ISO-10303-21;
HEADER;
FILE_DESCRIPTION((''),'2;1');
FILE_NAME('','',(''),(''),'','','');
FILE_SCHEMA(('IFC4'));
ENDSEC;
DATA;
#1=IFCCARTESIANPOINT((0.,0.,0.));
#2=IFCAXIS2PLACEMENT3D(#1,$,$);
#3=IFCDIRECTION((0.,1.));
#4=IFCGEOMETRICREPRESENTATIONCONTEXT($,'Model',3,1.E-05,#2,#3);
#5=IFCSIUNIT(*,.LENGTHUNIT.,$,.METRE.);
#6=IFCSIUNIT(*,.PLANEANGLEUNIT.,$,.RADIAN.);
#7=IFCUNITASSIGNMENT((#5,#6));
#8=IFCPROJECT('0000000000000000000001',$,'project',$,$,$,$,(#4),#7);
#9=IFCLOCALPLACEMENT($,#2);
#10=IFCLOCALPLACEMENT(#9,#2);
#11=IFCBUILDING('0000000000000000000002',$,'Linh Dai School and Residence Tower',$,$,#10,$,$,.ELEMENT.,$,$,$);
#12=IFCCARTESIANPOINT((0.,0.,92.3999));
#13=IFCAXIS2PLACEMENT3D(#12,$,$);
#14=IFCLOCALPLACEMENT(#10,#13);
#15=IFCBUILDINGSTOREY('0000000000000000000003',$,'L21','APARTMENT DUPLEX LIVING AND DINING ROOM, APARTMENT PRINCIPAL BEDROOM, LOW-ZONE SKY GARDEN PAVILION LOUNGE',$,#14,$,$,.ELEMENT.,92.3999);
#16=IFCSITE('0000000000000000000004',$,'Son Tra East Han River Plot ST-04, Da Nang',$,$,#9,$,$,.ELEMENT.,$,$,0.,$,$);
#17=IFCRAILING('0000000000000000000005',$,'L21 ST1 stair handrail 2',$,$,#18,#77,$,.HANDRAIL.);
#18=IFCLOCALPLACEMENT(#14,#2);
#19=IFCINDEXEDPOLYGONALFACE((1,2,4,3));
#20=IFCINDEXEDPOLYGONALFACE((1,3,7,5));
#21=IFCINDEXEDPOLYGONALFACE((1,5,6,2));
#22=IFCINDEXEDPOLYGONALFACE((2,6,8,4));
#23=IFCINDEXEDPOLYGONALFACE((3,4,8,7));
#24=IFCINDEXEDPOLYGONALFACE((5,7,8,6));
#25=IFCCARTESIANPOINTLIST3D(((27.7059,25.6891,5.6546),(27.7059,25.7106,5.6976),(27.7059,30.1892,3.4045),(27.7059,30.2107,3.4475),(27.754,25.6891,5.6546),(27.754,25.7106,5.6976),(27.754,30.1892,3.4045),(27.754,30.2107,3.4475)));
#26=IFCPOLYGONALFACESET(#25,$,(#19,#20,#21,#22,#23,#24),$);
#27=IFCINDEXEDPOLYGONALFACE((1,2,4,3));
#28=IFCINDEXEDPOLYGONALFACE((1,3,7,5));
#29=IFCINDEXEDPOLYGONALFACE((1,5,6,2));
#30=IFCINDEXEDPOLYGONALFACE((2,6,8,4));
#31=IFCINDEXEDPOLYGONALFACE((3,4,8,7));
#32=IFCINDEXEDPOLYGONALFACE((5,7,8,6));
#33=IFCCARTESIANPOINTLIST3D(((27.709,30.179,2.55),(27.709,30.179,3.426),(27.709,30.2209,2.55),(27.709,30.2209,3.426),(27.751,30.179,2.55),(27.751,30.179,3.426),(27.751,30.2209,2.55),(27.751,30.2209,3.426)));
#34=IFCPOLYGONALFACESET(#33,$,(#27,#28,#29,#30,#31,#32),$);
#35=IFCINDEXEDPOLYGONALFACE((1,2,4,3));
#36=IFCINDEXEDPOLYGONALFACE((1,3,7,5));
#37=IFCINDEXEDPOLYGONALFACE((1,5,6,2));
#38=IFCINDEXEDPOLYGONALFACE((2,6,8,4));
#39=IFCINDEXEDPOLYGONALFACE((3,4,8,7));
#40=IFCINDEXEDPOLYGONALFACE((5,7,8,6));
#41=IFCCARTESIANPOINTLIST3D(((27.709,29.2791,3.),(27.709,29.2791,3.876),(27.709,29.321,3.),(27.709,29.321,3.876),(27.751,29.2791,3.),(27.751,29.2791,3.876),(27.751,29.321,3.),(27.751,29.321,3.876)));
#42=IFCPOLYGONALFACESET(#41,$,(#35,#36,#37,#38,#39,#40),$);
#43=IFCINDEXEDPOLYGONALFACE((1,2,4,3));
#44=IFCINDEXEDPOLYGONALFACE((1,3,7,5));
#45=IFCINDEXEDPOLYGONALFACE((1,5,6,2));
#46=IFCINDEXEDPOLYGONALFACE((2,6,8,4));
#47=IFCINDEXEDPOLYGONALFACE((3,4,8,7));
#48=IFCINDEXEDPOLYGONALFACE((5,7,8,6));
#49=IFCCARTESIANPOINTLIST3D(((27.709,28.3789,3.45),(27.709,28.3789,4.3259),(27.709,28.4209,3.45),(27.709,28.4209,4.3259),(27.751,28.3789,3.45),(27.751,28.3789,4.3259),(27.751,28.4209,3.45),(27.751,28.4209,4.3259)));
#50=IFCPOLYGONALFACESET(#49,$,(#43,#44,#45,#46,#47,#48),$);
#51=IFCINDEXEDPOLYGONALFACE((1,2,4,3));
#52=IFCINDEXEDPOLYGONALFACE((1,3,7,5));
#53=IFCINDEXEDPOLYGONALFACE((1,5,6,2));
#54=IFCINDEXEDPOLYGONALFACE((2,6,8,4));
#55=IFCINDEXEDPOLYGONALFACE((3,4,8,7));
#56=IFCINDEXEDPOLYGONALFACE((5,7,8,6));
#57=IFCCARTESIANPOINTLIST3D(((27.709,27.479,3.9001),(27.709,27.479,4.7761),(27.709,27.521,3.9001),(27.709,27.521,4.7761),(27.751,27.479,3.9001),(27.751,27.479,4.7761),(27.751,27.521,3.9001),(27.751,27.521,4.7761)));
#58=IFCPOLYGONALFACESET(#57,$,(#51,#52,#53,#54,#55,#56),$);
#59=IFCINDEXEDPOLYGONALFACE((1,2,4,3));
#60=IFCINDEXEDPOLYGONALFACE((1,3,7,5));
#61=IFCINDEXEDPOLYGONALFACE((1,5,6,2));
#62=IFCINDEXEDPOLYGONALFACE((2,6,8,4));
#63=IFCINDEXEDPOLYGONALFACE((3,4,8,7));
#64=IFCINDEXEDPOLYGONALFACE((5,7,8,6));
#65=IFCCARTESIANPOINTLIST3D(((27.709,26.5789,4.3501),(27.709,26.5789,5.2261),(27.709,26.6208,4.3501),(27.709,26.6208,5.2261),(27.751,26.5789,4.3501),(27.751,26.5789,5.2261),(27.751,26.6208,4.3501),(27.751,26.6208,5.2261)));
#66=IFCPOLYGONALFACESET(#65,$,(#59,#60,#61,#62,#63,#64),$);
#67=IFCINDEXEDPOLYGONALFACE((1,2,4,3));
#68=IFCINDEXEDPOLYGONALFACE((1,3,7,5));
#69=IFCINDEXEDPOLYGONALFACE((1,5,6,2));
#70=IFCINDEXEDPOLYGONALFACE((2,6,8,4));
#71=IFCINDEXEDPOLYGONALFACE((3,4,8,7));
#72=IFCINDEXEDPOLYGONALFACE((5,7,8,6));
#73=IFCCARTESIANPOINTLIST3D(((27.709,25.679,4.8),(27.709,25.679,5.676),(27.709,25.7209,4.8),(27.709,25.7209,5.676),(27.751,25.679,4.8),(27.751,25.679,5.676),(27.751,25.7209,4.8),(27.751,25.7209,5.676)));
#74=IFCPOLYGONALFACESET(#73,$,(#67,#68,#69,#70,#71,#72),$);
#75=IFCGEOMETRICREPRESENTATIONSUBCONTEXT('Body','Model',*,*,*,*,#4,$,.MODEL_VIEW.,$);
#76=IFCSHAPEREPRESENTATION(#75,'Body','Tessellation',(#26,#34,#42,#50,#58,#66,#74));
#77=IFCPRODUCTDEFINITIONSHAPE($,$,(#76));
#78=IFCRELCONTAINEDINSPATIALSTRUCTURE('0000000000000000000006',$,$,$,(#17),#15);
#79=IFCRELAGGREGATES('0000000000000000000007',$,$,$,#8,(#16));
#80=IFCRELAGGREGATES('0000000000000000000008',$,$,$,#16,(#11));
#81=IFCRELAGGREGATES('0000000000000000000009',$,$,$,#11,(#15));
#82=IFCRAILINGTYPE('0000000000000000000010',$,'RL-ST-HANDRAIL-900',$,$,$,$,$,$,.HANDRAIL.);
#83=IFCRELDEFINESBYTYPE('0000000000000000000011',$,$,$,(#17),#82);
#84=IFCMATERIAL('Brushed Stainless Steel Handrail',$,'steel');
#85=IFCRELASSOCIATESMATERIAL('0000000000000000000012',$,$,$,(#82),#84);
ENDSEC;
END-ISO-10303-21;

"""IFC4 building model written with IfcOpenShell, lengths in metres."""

from ifc_helpers import new_model, si_unit, direction, frame, origin, origin_2d, place, context, subcontext, project, spatial, rectangle, extrude, source, transform, mapped, material, type_object, element, save


model = new_model("IFC4")

# Units and contexts
model_context = context("Model", 3, precision=1e-05, world=origin(), true_north=direction((0.0, 1.0)))
body_context = subcontext(model_context, "Body", "Model", "MODEL_VIEW")
ifc_project = project(units=[si_unit("LENGTHUNIT", "METRE"), si_unit("PLANEANGLEUNIT", "RADIAN")], contexts=[model_context])

# Site, building, storey
site_placement = place(None, origin())
site = spatial("IfcSite", under=ifc_project, at=site_placement, Name="Son Tra East Han River Plot ST-04, Da Nang", CompositionType="ELEMENT", RefElevation=0.0)
building_placement = place(site_placement, origin())
building = spatial("IfcBuilding", under=site, at=building_placement, Name="Linh Dai School and Residence Tower", CompositionType="ELEMENT")
storey_placement = place(building_placement, frame((0.0, 0.0, 92.3999)))
storey = spatial("IfcBuildingStorey", under=building, at=storey_placement, Name="L21", Description="APARTMENT DUPLEX LIVING AND DINING ROOM, APARTMENT PRINCIPAL BEDROOM, LOW-ZONE SKY GARDEN PAVILION LOUNGE", CompositionType="ELEMENT", Elevation=92.3999)

# Railing
ifc_material_1 = material(Name="Brushed Stainless Steel Handrail", Category="steel")
railing_type_1 = type_object("IfcRailingType", Name="RL-ST-HANDRAIL-900", PredefinedType="HANDRAIL", material=ifc_material_1)
shared_shape_1 = source(origin(), body_context, "Body", "SweptSolid", [
    extrude(rectangle(XDim=0.0481, YDim=0.0481, at=origin_2d()), frame((0.0, 0.0, 0.876), z_axis=(0.0, -0.894427, 0.447214), x_axis=(1.0, 0.0, 0.0)), (0.0, 0.0, 1.0), 5.0312),
    extrude(rectangle(XDim=0.042, YDim=0.042, at=origin_2d()), origin(), (0.0, 0.0, 1.0), 0.876),
    extrude(rectangle(XDim=0.042, YDim=0.042, at=origin_2d()), frame((0.0, -0.8999, 0.45)), (0.0, 0.0, 1.0), 0.876),
    extrude(rectangle(XDim=0.042, YDim=0.042, at=origin_2d()), frame((0.0, -1.8, 0.8999)), (0.0, 0.0, 1.0), 0.876),
    extrude(rectangle(XDim=0.042, YDim=0.042, at=origin_2d()), frame((0.0, -2.7, 1.3501)), (0.0, 0.0, 1.0), 0.876),
    extrude(rectangle(XDim=0.042, YDim=0.042, at=origin_2d()), frame((0.0, -3.6001, 1.8)), (0.0, 0.0, 1.0), 0.876),
    extrude(rectangle(XDim=0.042, YDim=0.042, at=origin_2d()), frame((0.0, -4.5, 2.25)), (0.0, 0.0, 1.0), 0.876),
])
railing_1_placement = place(storey_placement, frame((27.73, 30.2, 2.55)))
element("IfcRailing", 1, at=railing_1_placement, inside=storey, type_object=railing_type_1, Name="L21 ST1 stair handrail 2", PredefinedType="HANDRAIL", context=body_context, shape_type="MappedRepresentation", body=[
    mapped(shared_shape_1, transform((0.0, 0.0, 0.0), x_axis=(1.0, 0.0, 0.0), y_axis=(0.0, 1.0, 0.0), z_axis=(0.0, 0.0, 1.0), scale=1.0)),
])

save(model, "model.ifc")
